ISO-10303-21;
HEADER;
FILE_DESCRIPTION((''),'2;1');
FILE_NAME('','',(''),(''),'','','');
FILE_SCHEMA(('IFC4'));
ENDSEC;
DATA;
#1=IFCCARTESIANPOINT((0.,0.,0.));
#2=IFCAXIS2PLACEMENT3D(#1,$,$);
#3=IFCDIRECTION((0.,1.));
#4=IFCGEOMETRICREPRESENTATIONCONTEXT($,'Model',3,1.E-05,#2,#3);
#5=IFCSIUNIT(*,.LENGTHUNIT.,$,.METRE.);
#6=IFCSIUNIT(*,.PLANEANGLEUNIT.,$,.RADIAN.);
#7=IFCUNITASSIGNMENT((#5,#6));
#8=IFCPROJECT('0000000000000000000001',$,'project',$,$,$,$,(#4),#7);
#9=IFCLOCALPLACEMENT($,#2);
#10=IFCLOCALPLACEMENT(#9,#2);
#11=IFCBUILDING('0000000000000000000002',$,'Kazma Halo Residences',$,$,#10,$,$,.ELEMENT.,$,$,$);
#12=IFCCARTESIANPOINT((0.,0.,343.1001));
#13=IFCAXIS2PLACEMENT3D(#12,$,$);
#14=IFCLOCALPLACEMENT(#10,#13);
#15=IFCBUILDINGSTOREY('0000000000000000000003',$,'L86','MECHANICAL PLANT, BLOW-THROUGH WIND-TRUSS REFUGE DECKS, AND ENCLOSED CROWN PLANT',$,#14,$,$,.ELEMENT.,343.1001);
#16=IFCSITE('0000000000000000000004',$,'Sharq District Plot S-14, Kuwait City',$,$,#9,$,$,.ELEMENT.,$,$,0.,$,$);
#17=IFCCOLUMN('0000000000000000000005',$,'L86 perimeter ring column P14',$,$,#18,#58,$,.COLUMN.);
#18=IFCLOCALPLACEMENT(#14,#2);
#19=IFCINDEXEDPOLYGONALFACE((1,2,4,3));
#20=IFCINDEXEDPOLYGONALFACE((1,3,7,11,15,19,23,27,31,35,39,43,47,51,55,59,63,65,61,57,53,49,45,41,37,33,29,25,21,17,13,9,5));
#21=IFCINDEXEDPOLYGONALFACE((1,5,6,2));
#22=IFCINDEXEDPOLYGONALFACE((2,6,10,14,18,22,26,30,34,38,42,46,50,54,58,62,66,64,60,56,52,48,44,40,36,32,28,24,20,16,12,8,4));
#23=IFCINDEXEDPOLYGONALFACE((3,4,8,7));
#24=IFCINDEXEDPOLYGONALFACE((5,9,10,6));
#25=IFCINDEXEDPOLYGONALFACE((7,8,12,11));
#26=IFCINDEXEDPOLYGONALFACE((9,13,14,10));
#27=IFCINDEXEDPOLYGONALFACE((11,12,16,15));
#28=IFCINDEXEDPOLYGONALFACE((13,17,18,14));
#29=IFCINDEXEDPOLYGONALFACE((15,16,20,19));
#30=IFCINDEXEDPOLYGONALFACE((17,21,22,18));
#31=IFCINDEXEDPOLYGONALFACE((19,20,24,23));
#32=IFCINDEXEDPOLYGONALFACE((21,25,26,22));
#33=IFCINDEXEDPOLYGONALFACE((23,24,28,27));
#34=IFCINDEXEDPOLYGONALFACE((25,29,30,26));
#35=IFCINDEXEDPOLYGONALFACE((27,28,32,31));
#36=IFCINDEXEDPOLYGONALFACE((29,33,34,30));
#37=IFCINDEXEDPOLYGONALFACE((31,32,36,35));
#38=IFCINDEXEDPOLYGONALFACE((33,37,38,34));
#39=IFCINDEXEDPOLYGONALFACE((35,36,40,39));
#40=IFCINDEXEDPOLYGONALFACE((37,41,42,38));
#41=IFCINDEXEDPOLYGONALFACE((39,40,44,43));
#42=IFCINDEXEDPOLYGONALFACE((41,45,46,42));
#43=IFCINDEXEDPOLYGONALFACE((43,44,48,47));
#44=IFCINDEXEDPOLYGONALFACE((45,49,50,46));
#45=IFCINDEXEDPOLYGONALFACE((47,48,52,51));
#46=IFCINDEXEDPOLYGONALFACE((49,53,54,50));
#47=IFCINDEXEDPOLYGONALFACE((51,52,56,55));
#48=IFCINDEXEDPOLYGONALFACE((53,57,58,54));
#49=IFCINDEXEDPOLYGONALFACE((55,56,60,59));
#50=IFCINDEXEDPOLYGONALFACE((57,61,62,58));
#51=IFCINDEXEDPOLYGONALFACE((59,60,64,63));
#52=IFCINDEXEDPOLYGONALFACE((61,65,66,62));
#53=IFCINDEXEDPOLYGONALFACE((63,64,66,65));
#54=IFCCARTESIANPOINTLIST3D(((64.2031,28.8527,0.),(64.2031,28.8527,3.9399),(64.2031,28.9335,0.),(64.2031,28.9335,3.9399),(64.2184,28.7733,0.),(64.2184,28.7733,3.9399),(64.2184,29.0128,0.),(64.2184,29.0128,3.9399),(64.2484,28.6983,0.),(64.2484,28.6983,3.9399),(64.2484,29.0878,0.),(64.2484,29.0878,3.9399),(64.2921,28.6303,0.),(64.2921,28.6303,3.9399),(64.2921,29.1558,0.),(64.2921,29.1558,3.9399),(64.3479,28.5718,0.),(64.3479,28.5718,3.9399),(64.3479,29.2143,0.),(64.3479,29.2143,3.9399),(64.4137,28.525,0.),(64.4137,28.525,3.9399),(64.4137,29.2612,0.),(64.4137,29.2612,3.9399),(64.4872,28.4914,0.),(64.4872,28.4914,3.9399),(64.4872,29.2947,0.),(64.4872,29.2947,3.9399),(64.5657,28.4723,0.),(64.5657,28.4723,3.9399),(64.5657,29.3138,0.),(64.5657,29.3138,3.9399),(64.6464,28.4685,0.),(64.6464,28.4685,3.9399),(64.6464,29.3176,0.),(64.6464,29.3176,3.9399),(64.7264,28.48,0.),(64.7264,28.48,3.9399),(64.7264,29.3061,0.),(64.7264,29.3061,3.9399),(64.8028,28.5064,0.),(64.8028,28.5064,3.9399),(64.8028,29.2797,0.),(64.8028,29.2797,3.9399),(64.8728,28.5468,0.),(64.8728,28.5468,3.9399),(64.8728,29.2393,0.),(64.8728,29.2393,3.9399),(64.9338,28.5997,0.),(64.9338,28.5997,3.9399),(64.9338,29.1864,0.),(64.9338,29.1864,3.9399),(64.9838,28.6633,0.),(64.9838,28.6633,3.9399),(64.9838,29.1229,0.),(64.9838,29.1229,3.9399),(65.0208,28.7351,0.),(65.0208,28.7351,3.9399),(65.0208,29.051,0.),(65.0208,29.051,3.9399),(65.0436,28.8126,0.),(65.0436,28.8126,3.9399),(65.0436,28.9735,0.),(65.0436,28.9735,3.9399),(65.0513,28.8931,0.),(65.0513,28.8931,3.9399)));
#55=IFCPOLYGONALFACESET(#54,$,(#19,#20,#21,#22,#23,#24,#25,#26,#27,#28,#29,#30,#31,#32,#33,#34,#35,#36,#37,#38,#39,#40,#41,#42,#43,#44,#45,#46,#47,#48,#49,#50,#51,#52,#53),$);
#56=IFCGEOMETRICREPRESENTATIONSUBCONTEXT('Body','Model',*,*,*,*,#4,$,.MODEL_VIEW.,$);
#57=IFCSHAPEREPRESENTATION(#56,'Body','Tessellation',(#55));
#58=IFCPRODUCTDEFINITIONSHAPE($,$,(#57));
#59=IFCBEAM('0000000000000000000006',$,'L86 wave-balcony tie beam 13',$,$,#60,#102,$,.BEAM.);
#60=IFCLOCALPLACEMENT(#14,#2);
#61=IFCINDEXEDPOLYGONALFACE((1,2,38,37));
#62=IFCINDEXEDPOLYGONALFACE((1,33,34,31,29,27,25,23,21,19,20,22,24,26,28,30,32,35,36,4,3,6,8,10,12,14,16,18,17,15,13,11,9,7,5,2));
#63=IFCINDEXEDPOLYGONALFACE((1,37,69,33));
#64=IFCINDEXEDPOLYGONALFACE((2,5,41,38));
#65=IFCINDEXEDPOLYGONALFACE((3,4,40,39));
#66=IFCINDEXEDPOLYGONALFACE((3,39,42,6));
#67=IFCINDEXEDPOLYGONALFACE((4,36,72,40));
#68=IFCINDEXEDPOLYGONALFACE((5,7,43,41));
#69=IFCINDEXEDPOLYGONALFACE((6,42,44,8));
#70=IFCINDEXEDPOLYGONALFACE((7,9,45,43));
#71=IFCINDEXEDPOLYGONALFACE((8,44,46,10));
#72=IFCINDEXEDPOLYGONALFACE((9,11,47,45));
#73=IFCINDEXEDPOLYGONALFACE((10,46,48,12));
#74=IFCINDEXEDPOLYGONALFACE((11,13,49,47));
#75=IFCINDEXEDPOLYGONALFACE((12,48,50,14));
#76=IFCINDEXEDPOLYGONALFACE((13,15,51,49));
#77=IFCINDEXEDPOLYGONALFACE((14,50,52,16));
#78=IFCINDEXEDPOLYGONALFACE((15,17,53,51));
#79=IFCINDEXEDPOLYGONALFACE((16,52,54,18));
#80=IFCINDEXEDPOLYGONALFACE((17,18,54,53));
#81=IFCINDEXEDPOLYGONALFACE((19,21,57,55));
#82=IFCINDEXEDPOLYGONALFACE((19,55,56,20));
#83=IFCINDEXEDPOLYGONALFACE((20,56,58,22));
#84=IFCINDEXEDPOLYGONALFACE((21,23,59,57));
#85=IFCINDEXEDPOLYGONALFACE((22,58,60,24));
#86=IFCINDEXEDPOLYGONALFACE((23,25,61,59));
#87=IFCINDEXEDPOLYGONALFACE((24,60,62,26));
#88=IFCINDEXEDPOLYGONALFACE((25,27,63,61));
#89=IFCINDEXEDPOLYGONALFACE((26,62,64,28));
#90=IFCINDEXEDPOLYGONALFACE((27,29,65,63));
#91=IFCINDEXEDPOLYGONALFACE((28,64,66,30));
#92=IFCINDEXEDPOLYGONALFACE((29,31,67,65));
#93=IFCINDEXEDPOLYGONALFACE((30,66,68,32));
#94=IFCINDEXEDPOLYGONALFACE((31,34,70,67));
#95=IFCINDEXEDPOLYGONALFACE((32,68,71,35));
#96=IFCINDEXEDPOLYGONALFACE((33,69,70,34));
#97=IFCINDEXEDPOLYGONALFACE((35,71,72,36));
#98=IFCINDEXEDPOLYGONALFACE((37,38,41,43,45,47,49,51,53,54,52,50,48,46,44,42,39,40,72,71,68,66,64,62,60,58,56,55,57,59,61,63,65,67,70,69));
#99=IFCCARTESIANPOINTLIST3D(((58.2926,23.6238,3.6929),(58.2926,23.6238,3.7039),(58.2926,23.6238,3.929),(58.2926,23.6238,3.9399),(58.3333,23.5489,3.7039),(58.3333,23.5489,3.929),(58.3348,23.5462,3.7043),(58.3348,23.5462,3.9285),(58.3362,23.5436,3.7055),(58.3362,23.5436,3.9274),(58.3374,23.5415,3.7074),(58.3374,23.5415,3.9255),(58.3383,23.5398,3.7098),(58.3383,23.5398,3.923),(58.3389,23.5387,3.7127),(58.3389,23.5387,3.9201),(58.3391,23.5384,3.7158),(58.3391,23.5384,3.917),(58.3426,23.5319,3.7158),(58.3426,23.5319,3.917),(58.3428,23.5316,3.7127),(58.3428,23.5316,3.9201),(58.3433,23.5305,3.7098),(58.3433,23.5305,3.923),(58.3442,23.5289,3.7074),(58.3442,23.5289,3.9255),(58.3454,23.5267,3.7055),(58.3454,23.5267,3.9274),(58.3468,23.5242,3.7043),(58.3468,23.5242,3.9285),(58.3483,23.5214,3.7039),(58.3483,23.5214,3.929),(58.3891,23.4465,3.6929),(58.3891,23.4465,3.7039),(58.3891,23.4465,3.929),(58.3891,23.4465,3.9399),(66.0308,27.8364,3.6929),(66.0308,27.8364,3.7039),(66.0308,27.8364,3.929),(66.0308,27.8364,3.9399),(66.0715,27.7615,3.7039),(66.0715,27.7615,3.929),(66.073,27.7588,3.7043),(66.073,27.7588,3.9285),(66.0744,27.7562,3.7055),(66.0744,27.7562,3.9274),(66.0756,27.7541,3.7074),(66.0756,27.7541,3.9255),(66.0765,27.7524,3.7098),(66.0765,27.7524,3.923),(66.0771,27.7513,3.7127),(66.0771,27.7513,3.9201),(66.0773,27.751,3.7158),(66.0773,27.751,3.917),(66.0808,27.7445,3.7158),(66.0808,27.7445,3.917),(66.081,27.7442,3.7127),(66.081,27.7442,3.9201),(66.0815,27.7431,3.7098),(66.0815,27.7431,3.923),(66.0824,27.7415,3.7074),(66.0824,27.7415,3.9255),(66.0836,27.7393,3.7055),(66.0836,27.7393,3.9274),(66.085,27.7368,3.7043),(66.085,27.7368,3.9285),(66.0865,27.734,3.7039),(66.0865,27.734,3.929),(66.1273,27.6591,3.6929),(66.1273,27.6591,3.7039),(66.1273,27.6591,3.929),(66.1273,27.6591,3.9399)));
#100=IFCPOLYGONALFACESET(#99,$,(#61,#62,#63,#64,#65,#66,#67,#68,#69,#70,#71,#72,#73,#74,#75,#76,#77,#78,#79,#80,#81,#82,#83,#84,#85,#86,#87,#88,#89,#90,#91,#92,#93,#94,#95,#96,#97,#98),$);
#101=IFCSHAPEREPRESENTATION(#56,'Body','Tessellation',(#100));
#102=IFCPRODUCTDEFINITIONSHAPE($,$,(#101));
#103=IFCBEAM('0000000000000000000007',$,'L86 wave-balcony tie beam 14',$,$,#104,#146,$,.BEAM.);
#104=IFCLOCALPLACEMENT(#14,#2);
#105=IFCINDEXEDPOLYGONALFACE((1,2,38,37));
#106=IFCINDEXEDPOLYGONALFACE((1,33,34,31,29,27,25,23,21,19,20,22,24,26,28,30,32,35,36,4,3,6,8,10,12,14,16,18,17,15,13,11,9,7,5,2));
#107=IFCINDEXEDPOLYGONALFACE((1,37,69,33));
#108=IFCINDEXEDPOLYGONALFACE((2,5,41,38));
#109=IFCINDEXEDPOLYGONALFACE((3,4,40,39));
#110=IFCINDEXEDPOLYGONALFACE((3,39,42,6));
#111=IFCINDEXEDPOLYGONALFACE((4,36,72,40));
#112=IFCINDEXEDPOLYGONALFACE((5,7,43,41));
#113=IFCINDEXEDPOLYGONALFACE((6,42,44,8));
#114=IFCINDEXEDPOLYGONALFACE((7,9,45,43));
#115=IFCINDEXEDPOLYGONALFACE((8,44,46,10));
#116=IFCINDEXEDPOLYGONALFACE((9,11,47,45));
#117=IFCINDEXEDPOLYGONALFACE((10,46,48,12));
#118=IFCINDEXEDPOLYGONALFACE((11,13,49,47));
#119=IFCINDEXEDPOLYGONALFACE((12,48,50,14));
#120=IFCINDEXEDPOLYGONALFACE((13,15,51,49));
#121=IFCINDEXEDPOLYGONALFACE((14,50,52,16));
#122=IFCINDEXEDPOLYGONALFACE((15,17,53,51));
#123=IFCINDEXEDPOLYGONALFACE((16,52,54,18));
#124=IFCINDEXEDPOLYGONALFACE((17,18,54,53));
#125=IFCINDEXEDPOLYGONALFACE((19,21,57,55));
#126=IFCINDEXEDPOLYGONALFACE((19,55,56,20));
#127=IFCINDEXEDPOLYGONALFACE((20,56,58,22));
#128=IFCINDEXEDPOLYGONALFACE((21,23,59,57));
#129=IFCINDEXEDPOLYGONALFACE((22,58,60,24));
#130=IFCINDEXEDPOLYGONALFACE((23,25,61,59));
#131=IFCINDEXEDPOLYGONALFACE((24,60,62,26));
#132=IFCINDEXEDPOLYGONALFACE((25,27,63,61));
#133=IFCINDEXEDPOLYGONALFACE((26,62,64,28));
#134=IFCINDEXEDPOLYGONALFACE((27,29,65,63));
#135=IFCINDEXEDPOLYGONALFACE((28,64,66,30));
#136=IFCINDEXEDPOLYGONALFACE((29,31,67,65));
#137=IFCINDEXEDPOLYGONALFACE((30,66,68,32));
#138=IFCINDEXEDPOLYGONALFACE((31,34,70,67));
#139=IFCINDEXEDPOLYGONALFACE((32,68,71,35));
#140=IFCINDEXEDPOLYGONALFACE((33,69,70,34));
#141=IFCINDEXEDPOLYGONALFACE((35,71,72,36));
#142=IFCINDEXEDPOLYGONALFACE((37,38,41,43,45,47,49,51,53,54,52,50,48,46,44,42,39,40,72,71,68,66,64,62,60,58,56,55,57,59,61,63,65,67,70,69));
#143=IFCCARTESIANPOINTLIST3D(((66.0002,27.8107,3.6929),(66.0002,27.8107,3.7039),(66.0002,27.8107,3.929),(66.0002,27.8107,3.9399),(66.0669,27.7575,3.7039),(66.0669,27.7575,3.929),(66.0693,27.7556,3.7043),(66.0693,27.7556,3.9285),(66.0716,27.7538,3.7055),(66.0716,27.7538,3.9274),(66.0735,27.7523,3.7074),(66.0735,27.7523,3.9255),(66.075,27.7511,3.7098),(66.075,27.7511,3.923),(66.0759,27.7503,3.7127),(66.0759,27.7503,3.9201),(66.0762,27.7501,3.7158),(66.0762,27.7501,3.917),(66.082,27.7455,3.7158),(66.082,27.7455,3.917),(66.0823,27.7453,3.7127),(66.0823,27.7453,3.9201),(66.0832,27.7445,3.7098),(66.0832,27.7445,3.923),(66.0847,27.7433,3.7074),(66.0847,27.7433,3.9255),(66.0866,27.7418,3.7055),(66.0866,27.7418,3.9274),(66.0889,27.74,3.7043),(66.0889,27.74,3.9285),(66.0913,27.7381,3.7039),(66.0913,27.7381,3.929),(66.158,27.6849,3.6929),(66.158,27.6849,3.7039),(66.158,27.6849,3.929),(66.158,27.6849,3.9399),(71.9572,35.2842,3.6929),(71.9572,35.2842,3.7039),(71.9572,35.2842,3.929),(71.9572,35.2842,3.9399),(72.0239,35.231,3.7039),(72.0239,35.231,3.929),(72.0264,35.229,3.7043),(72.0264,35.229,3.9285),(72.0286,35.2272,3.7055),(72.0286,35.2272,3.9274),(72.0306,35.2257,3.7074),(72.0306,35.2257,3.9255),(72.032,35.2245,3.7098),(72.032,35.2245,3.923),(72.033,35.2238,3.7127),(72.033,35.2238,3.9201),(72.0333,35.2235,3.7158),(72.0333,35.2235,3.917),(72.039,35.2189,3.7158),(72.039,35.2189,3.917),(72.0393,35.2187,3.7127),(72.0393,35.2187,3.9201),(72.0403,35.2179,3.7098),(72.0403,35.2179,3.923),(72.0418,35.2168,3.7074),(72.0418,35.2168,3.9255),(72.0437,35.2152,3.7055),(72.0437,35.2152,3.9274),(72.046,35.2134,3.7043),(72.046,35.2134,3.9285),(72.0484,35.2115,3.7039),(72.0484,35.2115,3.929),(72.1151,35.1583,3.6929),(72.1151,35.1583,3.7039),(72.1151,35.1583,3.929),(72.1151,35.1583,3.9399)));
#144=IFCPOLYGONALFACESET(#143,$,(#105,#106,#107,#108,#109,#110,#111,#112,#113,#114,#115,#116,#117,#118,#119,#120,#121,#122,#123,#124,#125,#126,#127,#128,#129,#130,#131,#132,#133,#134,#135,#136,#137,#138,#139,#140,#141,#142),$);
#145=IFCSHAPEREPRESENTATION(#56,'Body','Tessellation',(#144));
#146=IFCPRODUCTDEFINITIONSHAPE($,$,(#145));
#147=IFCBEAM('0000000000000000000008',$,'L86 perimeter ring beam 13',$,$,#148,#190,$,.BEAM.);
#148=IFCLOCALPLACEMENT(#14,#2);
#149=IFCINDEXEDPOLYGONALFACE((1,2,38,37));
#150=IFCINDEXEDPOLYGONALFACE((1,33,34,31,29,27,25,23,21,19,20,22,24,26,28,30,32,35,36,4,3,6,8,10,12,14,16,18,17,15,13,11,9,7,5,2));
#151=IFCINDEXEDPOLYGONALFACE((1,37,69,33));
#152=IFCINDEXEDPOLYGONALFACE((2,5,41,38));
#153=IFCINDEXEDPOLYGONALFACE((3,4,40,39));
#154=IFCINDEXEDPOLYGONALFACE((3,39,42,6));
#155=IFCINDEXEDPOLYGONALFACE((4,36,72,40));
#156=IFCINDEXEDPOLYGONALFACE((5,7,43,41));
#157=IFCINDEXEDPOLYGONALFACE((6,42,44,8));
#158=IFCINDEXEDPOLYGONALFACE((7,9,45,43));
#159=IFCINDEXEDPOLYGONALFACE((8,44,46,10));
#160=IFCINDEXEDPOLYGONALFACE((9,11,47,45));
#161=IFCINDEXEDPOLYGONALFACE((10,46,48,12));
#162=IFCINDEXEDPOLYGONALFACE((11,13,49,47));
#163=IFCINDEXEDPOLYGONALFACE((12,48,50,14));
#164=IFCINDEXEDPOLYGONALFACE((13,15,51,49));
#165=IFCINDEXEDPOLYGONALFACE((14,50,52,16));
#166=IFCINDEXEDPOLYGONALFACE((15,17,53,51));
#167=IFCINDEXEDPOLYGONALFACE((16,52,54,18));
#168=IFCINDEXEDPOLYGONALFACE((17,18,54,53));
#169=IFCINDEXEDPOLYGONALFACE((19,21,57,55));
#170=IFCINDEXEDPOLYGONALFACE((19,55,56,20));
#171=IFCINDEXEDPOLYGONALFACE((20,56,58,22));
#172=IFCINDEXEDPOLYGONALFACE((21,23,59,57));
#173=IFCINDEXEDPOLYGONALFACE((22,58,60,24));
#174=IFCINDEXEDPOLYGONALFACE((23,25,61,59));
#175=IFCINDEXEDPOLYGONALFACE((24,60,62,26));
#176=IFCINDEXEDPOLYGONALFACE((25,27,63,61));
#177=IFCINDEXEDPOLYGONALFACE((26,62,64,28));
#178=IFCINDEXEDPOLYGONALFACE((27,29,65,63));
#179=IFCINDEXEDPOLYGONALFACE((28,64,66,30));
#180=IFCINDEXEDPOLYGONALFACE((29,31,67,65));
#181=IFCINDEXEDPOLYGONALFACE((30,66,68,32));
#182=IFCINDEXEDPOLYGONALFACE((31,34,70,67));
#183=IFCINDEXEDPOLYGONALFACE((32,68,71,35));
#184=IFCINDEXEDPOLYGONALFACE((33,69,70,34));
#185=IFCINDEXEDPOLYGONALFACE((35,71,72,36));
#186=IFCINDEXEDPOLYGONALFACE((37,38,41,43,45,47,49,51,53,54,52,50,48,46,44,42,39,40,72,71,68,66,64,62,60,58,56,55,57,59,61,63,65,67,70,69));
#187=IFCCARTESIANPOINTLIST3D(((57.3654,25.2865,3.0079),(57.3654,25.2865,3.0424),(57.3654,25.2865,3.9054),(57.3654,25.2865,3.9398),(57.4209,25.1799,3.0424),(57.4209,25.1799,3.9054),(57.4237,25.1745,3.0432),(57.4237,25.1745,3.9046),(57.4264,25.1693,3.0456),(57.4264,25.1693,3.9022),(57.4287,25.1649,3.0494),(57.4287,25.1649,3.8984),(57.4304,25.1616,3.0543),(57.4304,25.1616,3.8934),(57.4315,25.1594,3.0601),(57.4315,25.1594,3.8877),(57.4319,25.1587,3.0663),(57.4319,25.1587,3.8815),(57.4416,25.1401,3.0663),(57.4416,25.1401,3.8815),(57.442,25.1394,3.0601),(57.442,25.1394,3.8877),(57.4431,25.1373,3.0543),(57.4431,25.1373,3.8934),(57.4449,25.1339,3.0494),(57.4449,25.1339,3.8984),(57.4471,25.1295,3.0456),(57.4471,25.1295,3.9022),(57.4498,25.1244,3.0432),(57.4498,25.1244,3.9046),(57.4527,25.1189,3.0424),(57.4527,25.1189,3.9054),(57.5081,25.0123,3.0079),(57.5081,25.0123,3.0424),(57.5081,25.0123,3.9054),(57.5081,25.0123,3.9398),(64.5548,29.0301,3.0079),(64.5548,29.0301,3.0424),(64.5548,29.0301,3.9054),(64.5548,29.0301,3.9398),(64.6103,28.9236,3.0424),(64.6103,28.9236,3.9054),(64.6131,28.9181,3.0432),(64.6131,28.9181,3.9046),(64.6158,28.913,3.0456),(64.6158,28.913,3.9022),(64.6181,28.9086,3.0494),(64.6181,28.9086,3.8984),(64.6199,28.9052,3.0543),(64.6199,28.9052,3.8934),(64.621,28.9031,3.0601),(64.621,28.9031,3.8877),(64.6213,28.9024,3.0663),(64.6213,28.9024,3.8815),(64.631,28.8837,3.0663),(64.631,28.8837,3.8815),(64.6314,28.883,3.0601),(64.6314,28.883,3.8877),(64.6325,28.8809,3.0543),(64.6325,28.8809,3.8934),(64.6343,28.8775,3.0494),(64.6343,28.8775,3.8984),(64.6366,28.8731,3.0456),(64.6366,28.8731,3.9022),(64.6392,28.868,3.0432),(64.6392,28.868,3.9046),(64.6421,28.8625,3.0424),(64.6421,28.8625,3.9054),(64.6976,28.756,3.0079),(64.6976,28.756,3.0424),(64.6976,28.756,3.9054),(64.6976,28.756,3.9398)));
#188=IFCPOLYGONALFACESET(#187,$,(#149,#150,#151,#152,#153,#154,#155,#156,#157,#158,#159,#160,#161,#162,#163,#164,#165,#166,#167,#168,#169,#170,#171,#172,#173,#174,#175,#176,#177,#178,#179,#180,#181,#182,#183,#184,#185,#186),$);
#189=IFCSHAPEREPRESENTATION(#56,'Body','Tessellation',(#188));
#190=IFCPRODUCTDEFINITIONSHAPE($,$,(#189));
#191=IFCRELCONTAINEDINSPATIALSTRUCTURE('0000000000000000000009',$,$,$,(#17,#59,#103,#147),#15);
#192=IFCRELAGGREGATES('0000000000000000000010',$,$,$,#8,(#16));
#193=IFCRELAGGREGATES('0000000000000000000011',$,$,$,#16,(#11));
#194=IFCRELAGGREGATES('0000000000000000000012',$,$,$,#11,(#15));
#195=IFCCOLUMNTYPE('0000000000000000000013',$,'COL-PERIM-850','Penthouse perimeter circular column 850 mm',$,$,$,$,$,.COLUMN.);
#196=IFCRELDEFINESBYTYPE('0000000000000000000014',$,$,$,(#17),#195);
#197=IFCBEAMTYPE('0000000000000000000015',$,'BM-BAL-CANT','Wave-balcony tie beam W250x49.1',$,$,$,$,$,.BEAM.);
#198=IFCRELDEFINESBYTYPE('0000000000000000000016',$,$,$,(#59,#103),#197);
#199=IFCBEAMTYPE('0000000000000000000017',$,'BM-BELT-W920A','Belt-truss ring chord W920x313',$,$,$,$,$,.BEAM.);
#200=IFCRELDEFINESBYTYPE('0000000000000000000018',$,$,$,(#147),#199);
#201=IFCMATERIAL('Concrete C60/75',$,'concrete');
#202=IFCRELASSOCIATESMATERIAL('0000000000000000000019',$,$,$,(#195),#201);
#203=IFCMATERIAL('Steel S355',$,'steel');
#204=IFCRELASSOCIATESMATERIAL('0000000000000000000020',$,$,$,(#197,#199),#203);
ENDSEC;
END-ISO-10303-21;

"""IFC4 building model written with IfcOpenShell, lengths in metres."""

from ifc_helpers import new_model, si_unit, direction, frame, origin, origin_2d, place, context, subcontext, project, spatial, circle, i_section, extrude, material, material_profile, profile_set, type_object, element, save


model = new_model("IFC4")

# Units and contexts
model_context = context("Model", 3, precision=1e-05, world=origin(), true_north=direction((0.0, 1.0)))
body_context = subcontext(model_context, "Body", "Model", "MODEL_VIEW")
ifc_project = project(units=[si_unit("LENGTHUNIT", "METRE"), si_unit("PLANEANGLEUNIT", "RADIAN")], contexts=[model_context])

# Site, building, storey
site_placement = place(None, origin())
site = spatial("IfcSite", under=ifc_project, at=site_placement, Name="Sharq District Plot S-14, Kuwait City", CompositionType="ELEMENT", RefElevation=0.0)
building_placement = place(site_placement, origin())
building = spatial("IfcBuilding", under=site, at=building_placement, Name="Kazma Halo Residences", CompositionType="ELEMENT")
storey_placement = place(building_placement, frame((0.0, 0.0, 343.1001)))
storey = spatial("IfcBuildingStorey", under=building, at=storey_placement, Name="L86", Description="MECHANICAL PLANT, BLOW-THROUGH WIND-TRUSS REFUGE DECKS, AND ENCLOSED CROWN PLANT", CompositionType="ELEMENT", Elevation=343.1001)

# Column
ifc_material_1 = material(Name="Concrete C60/75", Category="concrete")
ifc_material_profile_1 = material_profile(ifc_material_1, circle(Radius=0.425, at=origin_2d()), Name="CIRC850")
ifc_profile_set_1 = profile_set([ifc_material_profile_1], Name="Concrete C60/75")
column_type = type_object("IfcColumnType", Name="COL-PERIM-850", Description="Penthouse perimeter circular column 850 mm", PredefinedType="COLUMN", material=ifc_profile_set_1)
column_placement = place(storey_placement, frame((64.6262, 28.8931, 0.0), z_axis=(0.0, 0.0, 1.0), x_axis=(1.0, 0.0, 0.0)))
element("IfcColumn", 1, at=column_placement, inside=storey, type_object=column_type, Name="L86 perimeter ring column P14", PredefinedType="COLUMN", context=body_context, shape_type="SweptSolid", body=[
    extrude(circle(Radius=0.425, at=origin_2d()), origin(), (0.0, 0.0, 1.0), 3.9399),
])

# Beams
ifc_material_2 = material(Name="Steel S355", Category="steel")
ifc_material_profile_2 = material_profile(ifc_material_2, i_section(OverallWidth=0.2019, OverallDepth=0.2471, WebThickness=0.0073, FlangeThickness=0.011, FilletRadius=0.012, at=origin_2d()), Name="W250x49.1")
ifc_profile_set_2 = profile_set([ifc_material_profile_2], Name="Steel S355")
beam_type_1 = type_object("IfcBeamType", Name="BM-BAL-CANT", Description="Wave-balcony tie beam W250x49.1", PredefinedType="BEAM", material=ifc_profile_set_2)
beam_1_placement = place(storey_placement, frame((58.3408, 23.5352, 3.8164), z_axis=(0.878288, 0.478132, 0.0), x_axis=(-0.478132, 0.878288, 0.0)))
element("IfcBeam", 2, at=beam_1_placement, inside=storey, type_object=beam_type_1, Name="L86 wave-balcony tie beam 13", PredefinedType="BEAM", context=body_context, shape_type="SweptSolid", body=[
    extrude(i_section(OverallWidth=0.2019, OverallDepth=0.2471, WebThickness=0.0073, FlangeThickness=0.011, FilletRadius=0.012, at=origin_2d()), origin(), (0.0, 0.0, 1.0), 8.8105),
])
beam_2_placement = place(storey_placement, frame((66.0791, 27.7478, 3.8164), z_axis=(0.623311, 0.781974, 0.0), x_axis=(-0.781974, 0.623311, 0.0)))
element("IfcBeam", 3, at=beam_2_placement, inside=storey, type_object=beam_type_1, Name="L86 wave-balcony tie beam 14", PredefinedType="BEAM", context=body_context, shape_type="SweptSolid", body=[
    extrude(i_section(OverallWidth=0.2019, OverallDepth=0.2471, WebThickness=0.0073, FlangeThickness=0.011, FilletRadius=0.012, at=origin_2d()), origin(), (0.0, 0.0, 1.0), 9.5571),
])
ifc_material_profile_3 = material_profile(ifc_material_2, i_section(OverallWidth=0.3091, OverallDepth=0.9319, WebThickness=0.021, FlangeThickness=0.0344, FilletRadius=0.0239, at=origin_2d()), Name="W920x313")
ifc_profile_set_3 = profile_set([ifc_material_profile_3], Name="Steel S355")
beam_type_2 = type_object("IfcBeamType", Name="BM-BELT-W920A", Description="Belt-truss ring chord W920x313", PredefinedType="BEAM", material=ifc_profile_set_3)
beam_3_placement = place(storey_placement, frame((57.4368, 25.1494, 3.4739), z_axis=(0.886957, 0.461851, 0.0), x_axis=(-0.461851, 0.886957, 0.0)))
element("IfcBeam", 4, at=beam_3_placement, inside=storey, type_object=beam_type_2, Name="L86 perimeter ring beam 13", PredefinedType="BEAM", context=body_context, shape_type="SweptSolid", body=[
    extrude(i_section(OverallWidth=0.3091, OverallDepth=0.9319, WebThickness=0.021, FlangeThickness=0.0344, FilletRadius=0.0239, at=origin_2d()), origin(), (0.0, 0.0, 1.0), 8.1057),
])

save(model, "model.ifc")
